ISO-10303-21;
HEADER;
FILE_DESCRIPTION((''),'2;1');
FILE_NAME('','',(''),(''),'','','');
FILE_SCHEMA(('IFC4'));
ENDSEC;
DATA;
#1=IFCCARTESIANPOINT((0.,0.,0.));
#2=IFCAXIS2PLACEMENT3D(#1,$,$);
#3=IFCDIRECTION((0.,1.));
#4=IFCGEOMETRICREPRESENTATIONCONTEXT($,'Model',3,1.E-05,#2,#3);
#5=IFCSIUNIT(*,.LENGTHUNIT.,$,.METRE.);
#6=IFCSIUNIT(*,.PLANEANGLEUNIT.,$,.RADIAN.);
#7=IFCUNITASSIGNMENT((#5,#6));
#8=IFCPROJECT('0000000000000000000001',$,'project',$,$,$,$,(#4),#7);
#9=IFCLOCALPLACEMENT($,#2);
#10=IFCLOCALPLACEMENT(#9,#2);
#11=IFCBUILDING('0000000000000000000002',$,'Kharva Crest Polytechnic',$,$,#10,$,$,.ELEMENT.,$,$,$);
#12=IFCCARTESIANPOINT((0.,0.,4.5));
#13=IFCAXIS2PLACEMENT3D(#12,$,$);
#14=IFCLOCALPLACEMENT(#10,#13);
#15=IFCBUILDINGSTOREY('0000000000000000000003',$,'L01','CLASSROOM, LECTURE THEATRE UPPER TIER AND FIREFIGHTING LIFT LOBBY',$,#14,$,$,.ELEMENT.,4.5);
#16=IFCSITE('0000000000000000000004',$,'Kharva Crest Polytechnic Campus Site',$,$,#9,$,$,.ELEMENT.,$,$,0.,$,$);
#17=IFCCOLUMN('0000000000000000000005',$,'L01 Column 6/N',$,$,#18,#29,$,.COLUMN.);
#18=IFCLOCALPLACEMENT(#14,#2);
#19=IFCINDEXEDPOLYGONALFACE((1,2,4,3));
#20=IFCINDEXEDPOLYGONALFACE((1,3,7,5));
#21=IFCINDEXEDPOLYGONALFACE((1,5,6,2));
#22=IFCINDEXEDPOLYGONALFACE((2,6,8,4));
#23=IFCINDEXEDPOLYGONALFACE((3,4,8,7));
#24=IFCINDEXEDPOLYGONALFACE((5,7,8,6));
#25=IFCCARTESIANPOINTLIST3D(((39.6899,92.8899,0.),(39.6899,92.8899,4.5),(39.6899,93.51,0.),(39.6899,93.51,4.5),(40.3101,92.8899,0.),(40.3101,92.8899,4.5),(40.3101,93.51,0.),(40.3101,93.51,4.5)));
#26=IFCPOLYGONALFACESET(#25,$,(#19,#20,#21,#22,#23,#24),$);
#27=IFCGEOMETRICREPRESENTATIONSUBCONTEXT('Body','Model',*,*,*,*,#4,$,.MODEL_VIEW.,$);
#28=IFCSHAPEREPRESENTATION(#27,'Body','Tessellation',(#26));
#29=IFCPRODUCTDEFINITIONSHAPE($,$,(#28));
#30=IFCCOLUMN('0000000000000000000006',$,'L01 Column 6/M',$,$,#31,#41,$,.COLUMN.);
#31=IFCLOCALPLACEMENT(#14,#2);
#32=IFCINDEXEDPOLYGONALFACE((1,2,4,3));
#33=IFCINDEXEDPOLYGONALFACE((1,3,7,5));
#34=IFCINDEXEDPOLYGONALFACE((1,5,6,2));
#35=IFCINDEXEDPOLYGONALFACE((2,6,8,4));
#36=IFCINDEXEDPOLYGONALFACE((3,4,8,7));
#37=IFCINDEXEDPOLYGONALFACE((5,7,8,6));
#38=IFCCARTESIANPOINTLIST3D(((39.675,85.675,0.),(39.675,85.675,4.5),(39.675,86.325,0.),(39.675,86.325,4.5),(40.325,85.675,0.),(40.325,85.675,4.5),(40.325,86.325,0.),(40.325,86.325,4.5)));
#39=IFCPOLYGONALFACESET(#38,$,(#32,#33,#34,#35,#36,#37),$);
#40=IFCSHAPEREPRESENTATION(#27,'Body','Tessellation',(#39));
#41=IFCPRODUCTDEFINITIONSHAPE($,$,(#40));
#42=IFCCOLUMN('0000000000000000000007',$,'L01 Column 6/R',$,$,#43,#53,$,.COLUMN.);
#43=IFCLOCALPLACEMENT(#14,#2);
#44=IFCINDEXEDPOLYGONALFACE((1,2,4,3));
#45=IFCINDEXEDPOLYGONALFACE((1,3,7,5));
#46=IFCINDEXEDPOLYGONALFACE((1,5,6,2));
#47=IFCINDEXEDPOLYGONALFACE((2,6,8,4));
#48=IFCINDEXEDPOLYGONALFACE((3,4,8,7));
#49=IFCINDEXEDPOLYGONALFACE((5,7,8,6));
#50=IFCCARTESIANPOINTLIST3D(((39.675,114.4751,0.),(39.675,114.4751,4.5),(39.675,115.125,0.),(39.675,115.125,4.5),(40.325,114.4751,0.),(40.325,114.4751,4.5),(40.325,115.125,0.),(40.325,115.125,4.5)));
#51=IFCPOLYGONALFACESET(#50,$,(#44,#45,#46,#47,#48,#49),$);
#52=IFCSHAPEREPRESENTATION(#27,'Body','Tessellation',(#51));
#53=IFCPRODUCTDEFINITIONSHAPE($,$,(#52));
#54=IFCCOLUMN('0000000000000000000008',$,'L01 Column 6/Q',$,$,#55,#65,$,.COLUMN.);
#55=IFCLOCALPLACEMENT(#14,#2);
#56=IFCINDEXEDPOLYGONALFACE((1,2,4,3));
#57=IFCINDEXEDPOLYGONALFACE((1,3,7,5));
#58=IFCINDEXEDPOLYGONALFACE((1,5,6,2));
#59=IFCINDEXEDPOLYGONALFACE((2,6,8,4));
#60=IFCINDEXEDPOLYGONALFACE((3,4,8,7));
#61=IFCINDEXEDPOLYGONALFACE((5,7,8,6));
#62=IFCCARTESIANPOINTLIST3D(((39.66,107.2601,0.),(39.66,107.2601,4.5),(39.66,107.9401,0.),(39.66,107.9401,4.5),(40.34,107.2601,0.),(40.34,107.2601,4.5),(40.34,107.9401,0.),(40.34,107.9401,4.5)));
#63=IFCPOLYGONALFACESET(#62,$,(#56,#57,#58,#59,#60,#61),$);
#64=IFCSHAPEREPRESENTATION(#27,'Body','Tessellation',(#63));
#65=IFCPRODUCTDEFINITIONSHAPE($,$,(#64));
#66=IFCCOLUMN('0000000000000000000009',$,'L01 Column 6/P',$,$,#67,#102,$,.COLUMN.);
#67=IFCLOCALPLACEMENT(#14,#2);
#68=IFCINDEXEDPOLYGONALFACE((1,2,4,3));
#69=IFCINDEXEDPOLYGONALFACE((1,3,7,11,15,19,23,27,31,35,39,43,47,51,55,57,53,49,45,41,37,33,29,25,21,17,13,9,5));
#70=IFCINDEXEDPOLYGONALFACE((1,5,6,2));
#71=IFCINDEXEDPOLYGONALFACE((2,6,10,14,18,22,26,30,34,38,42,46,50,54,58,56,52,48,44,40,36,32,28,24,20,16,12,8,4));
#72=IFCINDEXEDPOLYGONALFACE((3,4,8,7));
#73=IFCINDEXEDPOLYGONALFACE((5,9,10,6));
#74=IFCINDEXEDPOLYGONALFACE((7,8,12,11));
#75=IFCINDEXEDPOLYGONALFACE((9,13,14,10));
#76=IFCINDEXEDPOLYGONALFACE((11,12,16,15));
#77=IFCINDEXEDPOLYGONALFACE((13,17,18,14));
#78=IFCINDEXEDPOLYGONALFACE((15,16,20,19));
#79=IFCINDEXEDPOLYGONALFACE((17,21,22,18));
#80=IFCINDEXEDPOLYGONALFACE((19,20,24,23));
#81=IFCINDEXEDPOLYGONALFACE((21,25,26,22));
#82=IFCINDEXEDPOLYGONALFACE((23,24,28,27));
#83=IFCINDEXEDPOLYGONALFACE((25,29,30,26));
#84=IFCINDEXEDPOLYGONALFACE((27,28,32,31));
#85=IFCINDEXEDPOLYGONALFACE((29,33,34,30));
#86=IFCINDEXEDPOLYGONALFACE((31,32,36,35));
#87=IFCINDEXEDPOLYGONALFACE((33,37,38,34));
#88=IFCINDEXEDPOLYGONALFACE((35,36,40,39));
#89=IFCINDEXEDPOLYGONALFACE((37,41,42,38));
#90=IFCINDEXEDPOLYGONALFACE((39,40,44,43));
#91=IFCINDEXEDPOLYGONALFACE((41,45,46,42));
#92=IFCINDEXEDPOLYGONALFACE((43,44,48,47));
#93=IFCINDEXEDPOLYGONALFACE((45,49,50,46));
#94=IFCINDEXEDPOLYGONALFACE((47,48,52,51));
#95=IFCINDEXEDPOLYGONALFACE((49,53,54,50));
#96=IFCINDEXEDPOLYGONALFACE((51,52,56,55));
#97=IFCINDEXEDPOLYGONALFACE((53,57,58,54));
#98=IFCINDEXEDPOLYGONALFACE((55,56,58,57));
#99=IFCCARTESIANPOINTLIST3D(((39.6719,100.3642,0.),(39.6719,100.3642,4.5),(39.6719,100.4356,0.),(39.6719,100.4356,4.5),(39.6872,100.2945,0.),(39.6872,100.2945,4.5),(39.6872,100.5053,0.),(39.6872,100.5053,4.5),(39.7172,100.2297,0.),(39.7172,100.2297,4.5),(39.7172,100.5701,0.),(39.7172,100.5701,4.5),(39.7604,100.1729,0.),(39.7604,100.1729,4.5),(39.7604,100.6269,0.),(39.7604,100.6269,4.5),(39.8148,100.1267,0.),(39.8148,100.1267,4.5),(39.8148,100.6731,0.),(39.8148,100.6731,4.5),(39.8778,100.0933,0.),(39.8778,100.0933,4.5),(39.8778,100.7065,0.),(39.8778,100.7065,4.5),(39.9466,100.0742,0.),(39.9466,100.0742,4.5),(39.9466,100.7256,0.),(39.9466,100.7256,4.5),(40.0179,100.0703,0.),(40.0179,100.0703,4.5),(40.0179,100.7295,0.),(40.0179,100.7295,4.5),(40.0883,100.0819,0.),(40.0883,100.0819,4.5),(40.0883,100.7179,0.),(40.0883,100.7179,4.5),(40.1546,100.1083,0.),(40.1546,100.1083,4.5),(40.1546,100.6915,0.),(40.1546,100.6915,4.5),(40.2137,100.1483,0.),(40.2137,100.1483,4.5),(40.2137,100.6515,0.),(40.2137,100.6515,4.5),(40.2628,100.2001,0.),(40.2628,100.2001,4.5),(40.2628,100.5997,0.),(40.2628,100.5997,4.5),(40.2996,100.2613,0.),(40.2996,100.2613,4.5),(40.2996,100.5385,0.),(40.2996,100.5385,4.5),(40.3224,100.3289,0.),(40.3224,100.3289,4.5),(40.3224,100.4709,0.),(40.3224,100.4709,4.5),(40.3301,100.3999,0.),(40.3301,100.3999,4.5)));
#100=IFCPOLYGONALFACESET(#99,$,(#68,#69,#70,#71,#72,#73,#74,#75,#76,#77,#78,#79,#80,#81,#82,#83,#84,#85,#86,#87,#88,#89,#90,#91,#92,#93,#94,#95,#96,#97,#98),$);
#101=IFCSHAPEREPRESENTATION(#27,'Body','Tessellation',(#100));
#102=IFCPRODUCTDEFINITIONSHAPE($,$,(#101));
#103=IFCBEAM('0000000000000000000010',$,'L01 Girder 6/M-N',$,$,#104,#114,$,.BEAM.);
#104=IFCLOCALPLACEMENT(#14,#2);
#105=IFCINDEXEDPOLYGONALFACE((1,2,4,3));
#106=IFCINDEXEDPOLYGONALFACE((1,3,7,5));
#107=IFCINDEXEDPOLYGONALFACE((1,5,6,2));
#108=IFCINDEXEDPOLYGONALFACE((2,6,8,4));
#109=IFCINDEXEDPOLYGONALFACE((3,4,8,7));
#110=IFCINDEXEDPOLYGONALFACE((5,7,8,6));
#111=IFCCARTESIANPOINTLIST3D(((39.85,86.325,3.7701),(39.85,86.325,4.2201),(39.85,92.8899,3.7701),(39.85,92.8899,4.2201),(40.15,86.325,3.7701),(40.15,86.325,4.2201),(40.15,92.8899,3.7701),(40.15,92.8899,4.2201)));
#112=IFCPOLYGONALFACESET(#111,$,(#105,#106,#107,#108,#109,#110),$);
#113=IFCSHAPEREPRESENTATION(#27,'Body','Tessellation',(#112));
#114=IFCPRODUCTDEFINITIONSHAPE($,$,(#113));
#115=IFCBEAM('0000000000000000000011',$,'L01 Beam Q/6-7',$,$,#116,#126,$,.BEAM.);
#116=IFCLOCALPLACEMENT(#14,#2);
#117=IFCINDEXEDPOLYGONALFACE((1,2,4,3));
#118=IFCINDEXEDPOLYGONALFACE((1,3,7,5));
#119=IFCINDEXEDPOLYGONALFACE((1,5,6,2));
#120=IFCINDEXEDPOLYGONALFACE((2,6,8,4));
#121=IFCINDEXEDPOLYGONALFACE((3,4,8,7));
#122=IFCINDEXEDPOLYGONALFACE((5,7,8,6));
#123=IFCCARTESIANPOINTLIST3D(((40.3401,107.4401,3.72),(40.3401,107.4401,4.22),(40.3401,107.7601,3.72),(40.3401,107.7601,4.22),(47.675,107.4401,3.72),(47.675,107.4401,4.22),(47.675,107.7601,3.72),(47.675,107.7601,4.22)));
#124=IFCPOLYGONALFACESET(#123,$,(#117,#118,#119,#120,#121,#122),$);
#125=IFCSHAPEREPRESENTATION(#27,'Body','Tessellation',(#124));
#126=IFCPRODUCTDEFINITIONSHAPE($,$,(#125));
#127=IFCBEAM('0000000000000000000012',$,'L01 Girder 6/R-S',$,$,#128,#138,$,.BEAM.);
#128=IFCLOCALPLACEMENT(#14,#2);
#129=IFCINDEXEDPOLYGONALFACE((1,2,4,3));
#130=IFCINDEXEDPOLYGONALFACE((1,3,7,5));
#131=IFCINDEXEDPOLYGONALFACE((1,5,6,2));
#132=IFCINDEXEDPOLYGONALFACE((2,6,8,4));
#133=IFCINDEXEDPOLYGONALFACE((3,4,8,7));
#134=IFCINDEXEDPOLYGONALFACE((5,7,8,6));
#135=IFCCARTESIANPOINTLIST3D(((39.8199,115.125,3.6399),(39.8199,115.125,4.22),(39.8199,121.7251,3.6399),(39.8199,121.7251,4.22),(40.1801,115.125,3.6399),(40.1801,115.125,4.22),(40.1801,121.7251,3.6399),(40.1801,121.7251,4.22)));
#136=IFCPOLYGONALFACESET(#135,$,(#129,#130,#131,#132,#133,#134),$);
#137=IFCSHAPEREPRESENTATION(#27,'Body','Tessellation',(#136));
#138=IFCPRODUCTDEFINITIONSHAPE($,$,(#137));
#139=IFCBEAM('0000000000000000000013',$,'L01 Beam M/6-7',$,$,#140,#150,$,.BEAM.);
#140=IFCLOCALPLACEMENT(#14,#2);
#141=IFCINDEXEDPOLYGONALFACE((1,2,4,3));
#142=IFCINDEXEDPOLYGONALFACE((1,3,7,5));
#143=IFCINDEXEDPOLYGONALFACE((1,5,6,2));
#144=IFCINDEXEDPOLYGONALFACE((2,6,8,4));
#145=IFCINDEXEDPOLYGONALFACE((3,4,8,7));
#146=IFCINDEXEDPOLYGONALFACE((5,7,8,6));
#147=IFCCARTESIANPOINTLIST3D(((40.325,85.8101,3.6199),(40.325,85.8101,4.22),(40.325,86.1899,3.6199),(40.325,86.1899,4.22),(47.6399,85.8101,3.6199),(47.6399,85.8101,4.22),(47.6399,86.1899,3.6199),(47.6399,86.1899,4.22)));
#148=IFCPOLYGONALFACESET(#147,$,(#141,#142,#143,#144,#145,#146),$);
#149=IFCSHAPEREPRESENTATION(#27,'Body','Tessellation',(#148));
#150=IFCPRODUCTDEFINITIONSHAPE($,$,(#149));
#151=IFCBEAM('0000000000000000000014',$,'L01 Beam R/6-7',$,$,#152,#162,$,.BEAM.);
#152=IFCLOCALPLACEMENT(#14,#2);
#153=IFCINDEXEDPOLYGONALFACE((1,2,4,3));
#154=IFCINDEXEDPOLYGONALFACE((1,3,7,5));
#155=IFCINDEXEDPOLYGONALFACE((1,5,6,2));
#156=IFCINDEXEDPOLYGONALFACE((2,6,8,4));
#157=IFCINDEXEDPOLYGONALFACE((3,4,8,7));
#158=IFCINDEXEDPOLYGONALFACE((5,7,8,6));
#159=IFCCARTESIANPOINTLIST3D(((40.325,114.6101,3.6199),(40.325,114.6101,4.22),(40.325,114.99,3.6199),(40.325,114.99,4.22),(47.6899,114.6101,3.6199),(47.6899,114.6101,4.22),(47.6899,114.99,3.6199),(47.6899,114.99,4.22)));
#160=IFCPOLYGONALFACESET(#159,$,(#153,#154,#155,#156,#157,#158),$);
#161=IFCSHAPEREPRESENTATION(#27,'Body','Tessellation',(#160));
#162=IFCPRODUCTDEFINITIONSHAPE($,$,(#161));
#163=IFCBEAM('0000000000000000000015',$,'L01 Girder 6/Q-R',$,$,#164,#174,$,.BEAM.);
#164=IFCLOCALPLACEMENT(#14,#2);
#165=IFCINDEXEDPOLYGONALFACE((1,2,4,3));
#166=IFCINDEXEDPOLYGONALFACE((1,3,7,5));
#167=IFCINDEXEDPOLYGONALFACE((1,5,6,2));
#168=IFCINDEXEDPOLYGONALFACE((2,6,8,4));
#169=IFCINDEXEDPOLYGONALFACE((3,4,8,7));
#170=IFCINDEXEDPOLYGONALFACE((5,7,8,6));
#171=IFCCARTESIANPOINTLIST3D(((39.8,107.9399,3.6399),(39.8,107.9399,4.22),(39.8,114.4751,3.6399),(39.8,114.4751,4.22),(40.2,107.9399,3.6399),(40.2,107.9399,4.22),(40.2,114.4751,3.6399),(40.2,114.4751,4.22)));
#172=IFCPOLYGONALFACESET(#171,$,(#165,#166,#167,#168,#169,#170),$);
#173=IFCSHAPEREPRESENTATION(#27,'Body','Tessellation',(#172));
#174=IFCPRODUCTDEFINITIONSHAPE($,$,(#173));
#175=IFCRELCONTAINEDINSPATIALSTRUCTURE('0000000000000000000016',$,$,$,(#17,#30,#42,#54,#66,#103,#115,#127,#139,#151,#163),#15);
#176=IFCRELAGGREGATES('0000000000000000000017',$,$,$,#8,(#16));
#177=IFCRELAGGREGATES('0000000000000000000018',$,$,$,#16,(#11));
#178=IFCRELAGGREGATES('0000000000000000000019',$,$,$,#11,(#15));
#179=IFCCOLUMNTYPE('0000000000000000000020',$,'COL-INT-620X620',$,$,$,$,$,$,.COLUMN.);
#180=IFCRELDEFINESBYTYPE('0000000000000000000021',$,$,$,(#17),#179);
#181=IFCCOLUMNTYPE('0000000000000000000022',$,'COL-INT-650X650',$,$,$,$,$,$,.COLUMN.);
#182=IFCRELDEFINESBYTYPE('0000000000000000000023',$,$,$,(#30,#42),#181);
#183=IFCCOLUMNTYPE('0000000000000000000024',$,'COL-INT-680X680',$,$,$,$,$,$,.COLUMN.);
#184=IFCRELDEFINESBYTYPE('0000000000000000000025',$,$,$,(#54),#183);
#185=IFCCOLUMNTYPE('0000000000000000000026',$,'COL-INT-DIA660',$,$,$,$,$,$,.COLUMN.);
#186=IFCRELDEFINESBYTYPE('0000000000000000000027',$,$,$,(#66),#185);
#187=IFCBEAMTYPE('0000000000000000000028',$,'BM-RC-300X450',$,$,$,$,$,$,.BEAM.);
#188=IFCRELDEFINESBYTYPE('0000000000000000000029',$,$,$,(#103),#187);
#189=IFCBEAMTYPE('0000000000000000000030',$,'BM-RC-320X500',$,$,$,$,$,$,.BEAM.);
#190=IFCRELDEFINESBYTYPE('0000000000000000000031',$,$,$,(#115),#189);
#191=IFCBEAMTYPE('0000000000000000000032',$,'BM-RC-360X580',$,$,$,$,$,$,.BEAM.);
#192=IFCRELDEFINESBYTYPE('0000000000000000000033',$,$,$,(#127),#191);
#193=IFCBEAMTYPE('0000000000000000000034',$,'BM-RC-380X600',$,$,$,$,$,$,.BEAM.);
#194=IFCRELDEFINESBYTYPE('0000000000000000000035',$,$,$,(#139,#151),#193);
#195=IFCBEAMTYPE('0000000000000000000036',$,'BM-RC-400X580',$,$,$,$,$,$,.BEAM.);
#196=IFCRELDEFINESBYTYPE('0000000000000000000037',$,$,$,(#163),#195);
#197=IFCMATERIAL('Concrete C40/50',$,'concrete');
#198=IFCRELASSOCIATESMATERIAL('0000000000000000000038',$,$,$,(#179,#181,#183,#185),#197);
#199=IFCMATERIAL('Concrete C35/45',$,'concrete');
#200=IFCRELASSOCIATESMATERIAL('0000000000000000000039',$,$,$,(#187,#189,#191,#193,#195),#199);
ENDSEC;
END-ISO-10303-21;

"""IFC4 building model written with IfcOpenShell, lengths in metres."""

from ifc_helpers import new_model, si_unit, direction, frame, origin, origin_2d, place, context, subcontext, project, spatial, rectangle, circle, extrude, material, material_profile, profile_set, type_object, element, save


model = new_model("IFC4")

# Units and contexts
model_context = context("Model", 3, precision=1e-05, world=origin(), true_north=direction((0.0, 1.0)))
body_context = subcontext(model_context, "Body", "Model", "MODEL_VIEW")
ifc_project = project(units=[si_unit("LENGTHUNIT", "METRE"), si_unit("PLANEANGLEUNIT", "RADIAN")], contexts=[model_context])

# Site, building, storey
site_placement = place(None, origin())
site = spatial("IfcSite", under=ifc_project, at=site_placement, Name="Kharva Crest Polytechnic Campus Site", CompositionType="ELEMENT", RefElevation=0.0)
building_placement = place(site_placement, origin())
building = spatial("IfcBuilding", under=site, at=building_placement, Name="Kharva Crest Polytechnic", CompositionType="ELEMENT")
storey_placement = place(building_placement, frame((0.0, 0.0, 4.5)))
storey = spatial("IfcBuildingStorey", under=building, at=storey_placement, Name="L01", Description="CLASSROOM, LECTURE THEATRE UPPER TIER AND FIREFIGHTING LIFT LOBBY", CompositionType="ELEMENT", Elevation=4.5)

# Columns
ifc_material_1 = material(Name="Concrete C40/50", Category="concrete")
ifc_material_profile_1 = material_profile(ifc_material_1, rectangle(XDim=0.6201, YDim=0.6201, at=origin_2d()), Name="RECT 620 X 620")
ifc_profile_set_1 = profile_set([ifc_material_profile_1], Name="Concrete C40/50")
column_type_1 = type_object("IfcColumnType", Name="COL-INT-620X620", PredefinedType="COLUMN", material=ifc_profile_set_1)
column_1_placement = place(storey_placement, frame((40.0, 93.2, 0.0), z_axis=(0.0, 0.0, 1.0), x_axis=(1.0, 0.0, 0.0)))
element("IfcColumn", 1, at=column_1_placement, inside=storey, type_object=column_type_1, Name="L01 Column 6/N", PredefinedType="COLUMN", context=body_context, shape_type="SweptSolid", body=[
    extrude(rectangle(XDim=0.6201, YDim=0.6201, at=origin_2d()), origin(), (0.0, 0.0, 1.0), 4.5),
])
ifc_material_profile_2 = material_profile(ifc_material_1, rectangle(XDim=0.6499, YDim=0.6499, at=origin_2d()), Name="RECT 650 X 650")
ifc_profile_set_2 = profile_set([ifc_material_profile_2], Name="Concrete C40/50")
column_type_2 = type_object("IfcColumnType", Name="COL-INT-650X650", PredefinedType="COLUMN", material=ifc_profile_set_2)
for number, where, z_axis, x_axis, name in (
    (2, (40.0, 86.0, 0.0), (0.0, 0.0, 1.0), (1.0, 0.0, 0.0), "L01 Column 6/M"),
    (3, (40.0, 114.8, 0.0), (0.0, 0.0, 1.0), (1.0, 0.0, 0.0), "L01 Column 6/R"),
):
    element("IfcColumn", number, at=place(storey_placement, frame(where, z_axis=z_axis, x_axis=x_axis)), inside=storey, type_object=column_type_2, Name=name, PredefinedType="COLUMN", context=body_context, shape_type="SweptSolid", body=[
        extrude(rectangle(XDim=0.6499, YDim=0.6499, at=origin_2d()), origin(), (0.0, 0.0, 1.0), 4.5),
    ])
ifc_material_profile_3 = material_profile(ifc_material_1, rectangle(XDim=0.6799, YDim=0.6799, at=origin_2d()), Name="RECT 680 X 680")
ifc_profile_set_3 = profile_set([ifc_material_profile_3], Name="Concrete C40/50")
column_type_3 = type_object("IfcColumnType", Name="COL-INT-680X680", PredefinedType="COLUMN", material=ifc_profile_set_3)
column_2_placement = place(storey_placement, frame((40.0, 107.6001, 0.0), z_axis=(0.0, 0.0, 1.0), x_axis=(1.0, 0.0, 0.0)))
element("IfcColumn", 4, at=column_2_placement, inside=storey, type_object=column_type_3, Name="L01 Column 6/Q", PredefinedType="COLUMN", context=body_context, shape_type="SweptSolid", body=[
    extrude(rectangle(XDim=0.6799, YDim=0.6799, at=origin_2d()), origin(), (0.0, 0.0, 1.0), 4.5),
])
ifc_material_profile_4 = material_profile(ifc_material_1, circle(Radius=0.3301, at=origin_2d()), Name="DIA 660")
ifc_profile_set_4 = profile_set([ifc_material_profile_4], Name="Concrete C40/50")
column_type_4 = type_object("IfcColumnType", Name="COL-INT-DIA660", PredefinedType="COLUMN", material=ifc_profile_set_4)
column_3_placement = place(storey_placement, frame((40.0, 100.3999, 0.0), z_axis=(0.0, 0.0, 1.0), x_axis=(1.0, 0.0, 0.0)))
element("IfcColumn", 5, at=column_3_placement, inside=storey, type_object=column_type_4, Name="L01 Column 6/P", PredefinedType="COLUMN", context=body_context, shape_type="SweptSolid", body=[
    extrude(circle(Radius=0.3301, at=origin_2d()), origin(), (0.0, 0.0, 1.0), 4.5),
])

# Beams
ifc_material_2 = material(Name="Concrete C35/45", Category="concrete")
ifc_material_profile_5 = material_profile(ifc_material_2, rectangle(XDim=0.3, YDim=0.45, at=origin_2d()), Name="RECT 300 X 450")
ifc_profile_set_5 = profile_set([ifc_material_profile_5], Name="Concrete C35/45")
beam_type_1 = type_object("IfcBeamType", Name="BM-RC-300X450", PredefinedType="BEAM", material=ifc_profile_set_5)
beam_1_placement = place(storey_placement, frame((40.0, 86.325, 3.9951), z_axis=(0.0, 1.0, 0.0), x_axis=(-1.0, 0.0, 0.0)))
element("IfcBeam", 6, at=beam_1_placement, inside=storey, type_object=beam_type_1, Name="L01 Girder 6/M-N", PredefinedType="BEAM", context=body_context, shape_type="SweptSolid", body=[
    extrude(rectangle(XDim=0.3, YDim=0.45, at=origin_2d()), origin(), (0.0, 0.0, 1.0), 6.5649),
])
ifc_material_profile_6 = material_profile(ifc_material_2, rectangle(XDim=0.3201, YDim=0.5, at=origin_2d()), Name="RECT 320 X 500")
ifc_profile_set_6 = profile_set([ifc_material_profile_6], Name="Concrete C35/45")
beam_type_2 = type_object("IfcBeamType", Name="BM-RC-320X500", PredefinedType="BEAM", material=ifc_profile_set_6)
beam_2_placement = place(storey_placement, frame((40.3401, 107.6001, 3.97), z_axis=(1.0, 0.0, 0.0), x_axis=(0.0, 1.0, 0.0)))
element("IfcBeam", 7, at=beam_2_placement, inside=storey, type_object=beam_type_2, Name="L01 Beam Q/6-7", PredefinedType="BEAM", context=body_context, shape_type="SweptSolid", body=[
    extrude(rectangle(XDim=0.3201, YDim=0.5, at=origin_2d()), origin(), (0.0, 0.0, 1.0), 7.335),
])
ifc_material_profile_7 = material_profile(ifc_material_2, rectangle(XDim=0.3601, YDim=0.5801, at=origin_2d()), Name="RECT 360 X 580")
ifc_profile_set_7 = profile_set([ifc_material_profile_7], Name="Concrete C35/45")
beam_type_3 = type_object("IfcBeamType", Name="BM-RC-360X580", PredefinedType="BEAM", material=ifc_profile_set_7)
beam_3_placement = place(storey_placement, frame((40.0, 115.125, 3.9299), z_axis=(0.0, 1.0, 0.0), x_axis=(-1.0, 0.0, 0.0)))
element("IfcBeam", 8, at=beam_3_placement, inside=storey, type_object=beam_type_3, Name="L01 Girder 6/R-S", PredefinedType="BEAM", context=body_context, shape_type="SweptSolid", body=[
    extrude(rectangle(XDim=0.3601, YDim=0.5801, at=origin_2d()), origin(), (0.0, 0.0, 1.0), 6.6001),
])
ifc_material_profile_8 = material_profile(ifc_material_2, rectangle(XDim=0.3799, YDim=0.6001, at=origin_2d()), Name="RECT 380 X 600")
ifc_profile_set_8 = profile_set([ifc_material_profile_8], Name="Concrete C35/45")
beam_type_4 = type_object("IfcBeamType", Name="BM-RC-380X600", PredefinedType="BEAM", material=ifc_profile_set_8)
beam_4_placement = place(storey_placement, frame((40.325, 86.0, 3.9199), z_axis=(1.0, 0.0, 0.0), x_axis=(0.0, 1.0, 0.0)))
element("IfcBeam", 9, at=beam_4_placement, inside=storey, type_object=beam_type_4, Name="L01 Beam M/6-7", PredefinedType="BEAM", context=body_context, shape_type="SweptSolid", body=[
    extrude(rectangle(XDim=0.3799, YDim=0.6001, at=origin_2d()), origin(), (0.0, 0.0, 1.0), 7.3149),
])
beam_5_placement = place(storey_placement, frame((40.325, 114.8, 3.9199), z_axis=(1.0, 0.0, 0.0), x_axis=(0.0, 1.0, 0.0)))
element("IfcBeam", 10, at=beam_5_placement, inside=storey, type_object=beam_type_4, Name="L01 Beam R/6-7", PredefinedType="BEAM", context=body_context, shape_type="SweptSolid", body=[
    extrude(rectangle(XDim=0.3799, YDim=0.6001, at=origin_2d()), origin(), (0.0, 0.0, 1.0), 7.365),
])
ifc_material_profile_9 = material_profile(ifc_material_2, rectangle(XDim=0.3999, YDim=0.5801, at=origin_2d()), Name="RECT 400 X 580")
ifc_profile_set_9 = profile_set([ifc_material_profile_9], Name="Concrete C35/45")
beam_type_5 = type_object("IfcBeamType", Name="BM-RC-400X580", PredefinedType="BEAM", material=ifc_profile_set_9)
beam_6_placement = place(storey_placement, frame((40.0, 107.9399, 3.9299), z_axis=(0.0, 1.0, 0.0), x_axis=(-1.0, 0.0, 0.0)))
element("IfcBeam", 11, at=beam_6_placement, inside=storey, type_object=beam_type_5, Name="L01 Girder 6/Q-R", PredefinedType="BEAM", context=body_context, shape_type="SweptSolid", body=[
    extrude(rectangle(XDim=0.3999, YDim=0.5801, at=origin_2d()), origin(), (0.0, 0.0, 1.0), 6.5352),
])

save(model, "model.ifc")
